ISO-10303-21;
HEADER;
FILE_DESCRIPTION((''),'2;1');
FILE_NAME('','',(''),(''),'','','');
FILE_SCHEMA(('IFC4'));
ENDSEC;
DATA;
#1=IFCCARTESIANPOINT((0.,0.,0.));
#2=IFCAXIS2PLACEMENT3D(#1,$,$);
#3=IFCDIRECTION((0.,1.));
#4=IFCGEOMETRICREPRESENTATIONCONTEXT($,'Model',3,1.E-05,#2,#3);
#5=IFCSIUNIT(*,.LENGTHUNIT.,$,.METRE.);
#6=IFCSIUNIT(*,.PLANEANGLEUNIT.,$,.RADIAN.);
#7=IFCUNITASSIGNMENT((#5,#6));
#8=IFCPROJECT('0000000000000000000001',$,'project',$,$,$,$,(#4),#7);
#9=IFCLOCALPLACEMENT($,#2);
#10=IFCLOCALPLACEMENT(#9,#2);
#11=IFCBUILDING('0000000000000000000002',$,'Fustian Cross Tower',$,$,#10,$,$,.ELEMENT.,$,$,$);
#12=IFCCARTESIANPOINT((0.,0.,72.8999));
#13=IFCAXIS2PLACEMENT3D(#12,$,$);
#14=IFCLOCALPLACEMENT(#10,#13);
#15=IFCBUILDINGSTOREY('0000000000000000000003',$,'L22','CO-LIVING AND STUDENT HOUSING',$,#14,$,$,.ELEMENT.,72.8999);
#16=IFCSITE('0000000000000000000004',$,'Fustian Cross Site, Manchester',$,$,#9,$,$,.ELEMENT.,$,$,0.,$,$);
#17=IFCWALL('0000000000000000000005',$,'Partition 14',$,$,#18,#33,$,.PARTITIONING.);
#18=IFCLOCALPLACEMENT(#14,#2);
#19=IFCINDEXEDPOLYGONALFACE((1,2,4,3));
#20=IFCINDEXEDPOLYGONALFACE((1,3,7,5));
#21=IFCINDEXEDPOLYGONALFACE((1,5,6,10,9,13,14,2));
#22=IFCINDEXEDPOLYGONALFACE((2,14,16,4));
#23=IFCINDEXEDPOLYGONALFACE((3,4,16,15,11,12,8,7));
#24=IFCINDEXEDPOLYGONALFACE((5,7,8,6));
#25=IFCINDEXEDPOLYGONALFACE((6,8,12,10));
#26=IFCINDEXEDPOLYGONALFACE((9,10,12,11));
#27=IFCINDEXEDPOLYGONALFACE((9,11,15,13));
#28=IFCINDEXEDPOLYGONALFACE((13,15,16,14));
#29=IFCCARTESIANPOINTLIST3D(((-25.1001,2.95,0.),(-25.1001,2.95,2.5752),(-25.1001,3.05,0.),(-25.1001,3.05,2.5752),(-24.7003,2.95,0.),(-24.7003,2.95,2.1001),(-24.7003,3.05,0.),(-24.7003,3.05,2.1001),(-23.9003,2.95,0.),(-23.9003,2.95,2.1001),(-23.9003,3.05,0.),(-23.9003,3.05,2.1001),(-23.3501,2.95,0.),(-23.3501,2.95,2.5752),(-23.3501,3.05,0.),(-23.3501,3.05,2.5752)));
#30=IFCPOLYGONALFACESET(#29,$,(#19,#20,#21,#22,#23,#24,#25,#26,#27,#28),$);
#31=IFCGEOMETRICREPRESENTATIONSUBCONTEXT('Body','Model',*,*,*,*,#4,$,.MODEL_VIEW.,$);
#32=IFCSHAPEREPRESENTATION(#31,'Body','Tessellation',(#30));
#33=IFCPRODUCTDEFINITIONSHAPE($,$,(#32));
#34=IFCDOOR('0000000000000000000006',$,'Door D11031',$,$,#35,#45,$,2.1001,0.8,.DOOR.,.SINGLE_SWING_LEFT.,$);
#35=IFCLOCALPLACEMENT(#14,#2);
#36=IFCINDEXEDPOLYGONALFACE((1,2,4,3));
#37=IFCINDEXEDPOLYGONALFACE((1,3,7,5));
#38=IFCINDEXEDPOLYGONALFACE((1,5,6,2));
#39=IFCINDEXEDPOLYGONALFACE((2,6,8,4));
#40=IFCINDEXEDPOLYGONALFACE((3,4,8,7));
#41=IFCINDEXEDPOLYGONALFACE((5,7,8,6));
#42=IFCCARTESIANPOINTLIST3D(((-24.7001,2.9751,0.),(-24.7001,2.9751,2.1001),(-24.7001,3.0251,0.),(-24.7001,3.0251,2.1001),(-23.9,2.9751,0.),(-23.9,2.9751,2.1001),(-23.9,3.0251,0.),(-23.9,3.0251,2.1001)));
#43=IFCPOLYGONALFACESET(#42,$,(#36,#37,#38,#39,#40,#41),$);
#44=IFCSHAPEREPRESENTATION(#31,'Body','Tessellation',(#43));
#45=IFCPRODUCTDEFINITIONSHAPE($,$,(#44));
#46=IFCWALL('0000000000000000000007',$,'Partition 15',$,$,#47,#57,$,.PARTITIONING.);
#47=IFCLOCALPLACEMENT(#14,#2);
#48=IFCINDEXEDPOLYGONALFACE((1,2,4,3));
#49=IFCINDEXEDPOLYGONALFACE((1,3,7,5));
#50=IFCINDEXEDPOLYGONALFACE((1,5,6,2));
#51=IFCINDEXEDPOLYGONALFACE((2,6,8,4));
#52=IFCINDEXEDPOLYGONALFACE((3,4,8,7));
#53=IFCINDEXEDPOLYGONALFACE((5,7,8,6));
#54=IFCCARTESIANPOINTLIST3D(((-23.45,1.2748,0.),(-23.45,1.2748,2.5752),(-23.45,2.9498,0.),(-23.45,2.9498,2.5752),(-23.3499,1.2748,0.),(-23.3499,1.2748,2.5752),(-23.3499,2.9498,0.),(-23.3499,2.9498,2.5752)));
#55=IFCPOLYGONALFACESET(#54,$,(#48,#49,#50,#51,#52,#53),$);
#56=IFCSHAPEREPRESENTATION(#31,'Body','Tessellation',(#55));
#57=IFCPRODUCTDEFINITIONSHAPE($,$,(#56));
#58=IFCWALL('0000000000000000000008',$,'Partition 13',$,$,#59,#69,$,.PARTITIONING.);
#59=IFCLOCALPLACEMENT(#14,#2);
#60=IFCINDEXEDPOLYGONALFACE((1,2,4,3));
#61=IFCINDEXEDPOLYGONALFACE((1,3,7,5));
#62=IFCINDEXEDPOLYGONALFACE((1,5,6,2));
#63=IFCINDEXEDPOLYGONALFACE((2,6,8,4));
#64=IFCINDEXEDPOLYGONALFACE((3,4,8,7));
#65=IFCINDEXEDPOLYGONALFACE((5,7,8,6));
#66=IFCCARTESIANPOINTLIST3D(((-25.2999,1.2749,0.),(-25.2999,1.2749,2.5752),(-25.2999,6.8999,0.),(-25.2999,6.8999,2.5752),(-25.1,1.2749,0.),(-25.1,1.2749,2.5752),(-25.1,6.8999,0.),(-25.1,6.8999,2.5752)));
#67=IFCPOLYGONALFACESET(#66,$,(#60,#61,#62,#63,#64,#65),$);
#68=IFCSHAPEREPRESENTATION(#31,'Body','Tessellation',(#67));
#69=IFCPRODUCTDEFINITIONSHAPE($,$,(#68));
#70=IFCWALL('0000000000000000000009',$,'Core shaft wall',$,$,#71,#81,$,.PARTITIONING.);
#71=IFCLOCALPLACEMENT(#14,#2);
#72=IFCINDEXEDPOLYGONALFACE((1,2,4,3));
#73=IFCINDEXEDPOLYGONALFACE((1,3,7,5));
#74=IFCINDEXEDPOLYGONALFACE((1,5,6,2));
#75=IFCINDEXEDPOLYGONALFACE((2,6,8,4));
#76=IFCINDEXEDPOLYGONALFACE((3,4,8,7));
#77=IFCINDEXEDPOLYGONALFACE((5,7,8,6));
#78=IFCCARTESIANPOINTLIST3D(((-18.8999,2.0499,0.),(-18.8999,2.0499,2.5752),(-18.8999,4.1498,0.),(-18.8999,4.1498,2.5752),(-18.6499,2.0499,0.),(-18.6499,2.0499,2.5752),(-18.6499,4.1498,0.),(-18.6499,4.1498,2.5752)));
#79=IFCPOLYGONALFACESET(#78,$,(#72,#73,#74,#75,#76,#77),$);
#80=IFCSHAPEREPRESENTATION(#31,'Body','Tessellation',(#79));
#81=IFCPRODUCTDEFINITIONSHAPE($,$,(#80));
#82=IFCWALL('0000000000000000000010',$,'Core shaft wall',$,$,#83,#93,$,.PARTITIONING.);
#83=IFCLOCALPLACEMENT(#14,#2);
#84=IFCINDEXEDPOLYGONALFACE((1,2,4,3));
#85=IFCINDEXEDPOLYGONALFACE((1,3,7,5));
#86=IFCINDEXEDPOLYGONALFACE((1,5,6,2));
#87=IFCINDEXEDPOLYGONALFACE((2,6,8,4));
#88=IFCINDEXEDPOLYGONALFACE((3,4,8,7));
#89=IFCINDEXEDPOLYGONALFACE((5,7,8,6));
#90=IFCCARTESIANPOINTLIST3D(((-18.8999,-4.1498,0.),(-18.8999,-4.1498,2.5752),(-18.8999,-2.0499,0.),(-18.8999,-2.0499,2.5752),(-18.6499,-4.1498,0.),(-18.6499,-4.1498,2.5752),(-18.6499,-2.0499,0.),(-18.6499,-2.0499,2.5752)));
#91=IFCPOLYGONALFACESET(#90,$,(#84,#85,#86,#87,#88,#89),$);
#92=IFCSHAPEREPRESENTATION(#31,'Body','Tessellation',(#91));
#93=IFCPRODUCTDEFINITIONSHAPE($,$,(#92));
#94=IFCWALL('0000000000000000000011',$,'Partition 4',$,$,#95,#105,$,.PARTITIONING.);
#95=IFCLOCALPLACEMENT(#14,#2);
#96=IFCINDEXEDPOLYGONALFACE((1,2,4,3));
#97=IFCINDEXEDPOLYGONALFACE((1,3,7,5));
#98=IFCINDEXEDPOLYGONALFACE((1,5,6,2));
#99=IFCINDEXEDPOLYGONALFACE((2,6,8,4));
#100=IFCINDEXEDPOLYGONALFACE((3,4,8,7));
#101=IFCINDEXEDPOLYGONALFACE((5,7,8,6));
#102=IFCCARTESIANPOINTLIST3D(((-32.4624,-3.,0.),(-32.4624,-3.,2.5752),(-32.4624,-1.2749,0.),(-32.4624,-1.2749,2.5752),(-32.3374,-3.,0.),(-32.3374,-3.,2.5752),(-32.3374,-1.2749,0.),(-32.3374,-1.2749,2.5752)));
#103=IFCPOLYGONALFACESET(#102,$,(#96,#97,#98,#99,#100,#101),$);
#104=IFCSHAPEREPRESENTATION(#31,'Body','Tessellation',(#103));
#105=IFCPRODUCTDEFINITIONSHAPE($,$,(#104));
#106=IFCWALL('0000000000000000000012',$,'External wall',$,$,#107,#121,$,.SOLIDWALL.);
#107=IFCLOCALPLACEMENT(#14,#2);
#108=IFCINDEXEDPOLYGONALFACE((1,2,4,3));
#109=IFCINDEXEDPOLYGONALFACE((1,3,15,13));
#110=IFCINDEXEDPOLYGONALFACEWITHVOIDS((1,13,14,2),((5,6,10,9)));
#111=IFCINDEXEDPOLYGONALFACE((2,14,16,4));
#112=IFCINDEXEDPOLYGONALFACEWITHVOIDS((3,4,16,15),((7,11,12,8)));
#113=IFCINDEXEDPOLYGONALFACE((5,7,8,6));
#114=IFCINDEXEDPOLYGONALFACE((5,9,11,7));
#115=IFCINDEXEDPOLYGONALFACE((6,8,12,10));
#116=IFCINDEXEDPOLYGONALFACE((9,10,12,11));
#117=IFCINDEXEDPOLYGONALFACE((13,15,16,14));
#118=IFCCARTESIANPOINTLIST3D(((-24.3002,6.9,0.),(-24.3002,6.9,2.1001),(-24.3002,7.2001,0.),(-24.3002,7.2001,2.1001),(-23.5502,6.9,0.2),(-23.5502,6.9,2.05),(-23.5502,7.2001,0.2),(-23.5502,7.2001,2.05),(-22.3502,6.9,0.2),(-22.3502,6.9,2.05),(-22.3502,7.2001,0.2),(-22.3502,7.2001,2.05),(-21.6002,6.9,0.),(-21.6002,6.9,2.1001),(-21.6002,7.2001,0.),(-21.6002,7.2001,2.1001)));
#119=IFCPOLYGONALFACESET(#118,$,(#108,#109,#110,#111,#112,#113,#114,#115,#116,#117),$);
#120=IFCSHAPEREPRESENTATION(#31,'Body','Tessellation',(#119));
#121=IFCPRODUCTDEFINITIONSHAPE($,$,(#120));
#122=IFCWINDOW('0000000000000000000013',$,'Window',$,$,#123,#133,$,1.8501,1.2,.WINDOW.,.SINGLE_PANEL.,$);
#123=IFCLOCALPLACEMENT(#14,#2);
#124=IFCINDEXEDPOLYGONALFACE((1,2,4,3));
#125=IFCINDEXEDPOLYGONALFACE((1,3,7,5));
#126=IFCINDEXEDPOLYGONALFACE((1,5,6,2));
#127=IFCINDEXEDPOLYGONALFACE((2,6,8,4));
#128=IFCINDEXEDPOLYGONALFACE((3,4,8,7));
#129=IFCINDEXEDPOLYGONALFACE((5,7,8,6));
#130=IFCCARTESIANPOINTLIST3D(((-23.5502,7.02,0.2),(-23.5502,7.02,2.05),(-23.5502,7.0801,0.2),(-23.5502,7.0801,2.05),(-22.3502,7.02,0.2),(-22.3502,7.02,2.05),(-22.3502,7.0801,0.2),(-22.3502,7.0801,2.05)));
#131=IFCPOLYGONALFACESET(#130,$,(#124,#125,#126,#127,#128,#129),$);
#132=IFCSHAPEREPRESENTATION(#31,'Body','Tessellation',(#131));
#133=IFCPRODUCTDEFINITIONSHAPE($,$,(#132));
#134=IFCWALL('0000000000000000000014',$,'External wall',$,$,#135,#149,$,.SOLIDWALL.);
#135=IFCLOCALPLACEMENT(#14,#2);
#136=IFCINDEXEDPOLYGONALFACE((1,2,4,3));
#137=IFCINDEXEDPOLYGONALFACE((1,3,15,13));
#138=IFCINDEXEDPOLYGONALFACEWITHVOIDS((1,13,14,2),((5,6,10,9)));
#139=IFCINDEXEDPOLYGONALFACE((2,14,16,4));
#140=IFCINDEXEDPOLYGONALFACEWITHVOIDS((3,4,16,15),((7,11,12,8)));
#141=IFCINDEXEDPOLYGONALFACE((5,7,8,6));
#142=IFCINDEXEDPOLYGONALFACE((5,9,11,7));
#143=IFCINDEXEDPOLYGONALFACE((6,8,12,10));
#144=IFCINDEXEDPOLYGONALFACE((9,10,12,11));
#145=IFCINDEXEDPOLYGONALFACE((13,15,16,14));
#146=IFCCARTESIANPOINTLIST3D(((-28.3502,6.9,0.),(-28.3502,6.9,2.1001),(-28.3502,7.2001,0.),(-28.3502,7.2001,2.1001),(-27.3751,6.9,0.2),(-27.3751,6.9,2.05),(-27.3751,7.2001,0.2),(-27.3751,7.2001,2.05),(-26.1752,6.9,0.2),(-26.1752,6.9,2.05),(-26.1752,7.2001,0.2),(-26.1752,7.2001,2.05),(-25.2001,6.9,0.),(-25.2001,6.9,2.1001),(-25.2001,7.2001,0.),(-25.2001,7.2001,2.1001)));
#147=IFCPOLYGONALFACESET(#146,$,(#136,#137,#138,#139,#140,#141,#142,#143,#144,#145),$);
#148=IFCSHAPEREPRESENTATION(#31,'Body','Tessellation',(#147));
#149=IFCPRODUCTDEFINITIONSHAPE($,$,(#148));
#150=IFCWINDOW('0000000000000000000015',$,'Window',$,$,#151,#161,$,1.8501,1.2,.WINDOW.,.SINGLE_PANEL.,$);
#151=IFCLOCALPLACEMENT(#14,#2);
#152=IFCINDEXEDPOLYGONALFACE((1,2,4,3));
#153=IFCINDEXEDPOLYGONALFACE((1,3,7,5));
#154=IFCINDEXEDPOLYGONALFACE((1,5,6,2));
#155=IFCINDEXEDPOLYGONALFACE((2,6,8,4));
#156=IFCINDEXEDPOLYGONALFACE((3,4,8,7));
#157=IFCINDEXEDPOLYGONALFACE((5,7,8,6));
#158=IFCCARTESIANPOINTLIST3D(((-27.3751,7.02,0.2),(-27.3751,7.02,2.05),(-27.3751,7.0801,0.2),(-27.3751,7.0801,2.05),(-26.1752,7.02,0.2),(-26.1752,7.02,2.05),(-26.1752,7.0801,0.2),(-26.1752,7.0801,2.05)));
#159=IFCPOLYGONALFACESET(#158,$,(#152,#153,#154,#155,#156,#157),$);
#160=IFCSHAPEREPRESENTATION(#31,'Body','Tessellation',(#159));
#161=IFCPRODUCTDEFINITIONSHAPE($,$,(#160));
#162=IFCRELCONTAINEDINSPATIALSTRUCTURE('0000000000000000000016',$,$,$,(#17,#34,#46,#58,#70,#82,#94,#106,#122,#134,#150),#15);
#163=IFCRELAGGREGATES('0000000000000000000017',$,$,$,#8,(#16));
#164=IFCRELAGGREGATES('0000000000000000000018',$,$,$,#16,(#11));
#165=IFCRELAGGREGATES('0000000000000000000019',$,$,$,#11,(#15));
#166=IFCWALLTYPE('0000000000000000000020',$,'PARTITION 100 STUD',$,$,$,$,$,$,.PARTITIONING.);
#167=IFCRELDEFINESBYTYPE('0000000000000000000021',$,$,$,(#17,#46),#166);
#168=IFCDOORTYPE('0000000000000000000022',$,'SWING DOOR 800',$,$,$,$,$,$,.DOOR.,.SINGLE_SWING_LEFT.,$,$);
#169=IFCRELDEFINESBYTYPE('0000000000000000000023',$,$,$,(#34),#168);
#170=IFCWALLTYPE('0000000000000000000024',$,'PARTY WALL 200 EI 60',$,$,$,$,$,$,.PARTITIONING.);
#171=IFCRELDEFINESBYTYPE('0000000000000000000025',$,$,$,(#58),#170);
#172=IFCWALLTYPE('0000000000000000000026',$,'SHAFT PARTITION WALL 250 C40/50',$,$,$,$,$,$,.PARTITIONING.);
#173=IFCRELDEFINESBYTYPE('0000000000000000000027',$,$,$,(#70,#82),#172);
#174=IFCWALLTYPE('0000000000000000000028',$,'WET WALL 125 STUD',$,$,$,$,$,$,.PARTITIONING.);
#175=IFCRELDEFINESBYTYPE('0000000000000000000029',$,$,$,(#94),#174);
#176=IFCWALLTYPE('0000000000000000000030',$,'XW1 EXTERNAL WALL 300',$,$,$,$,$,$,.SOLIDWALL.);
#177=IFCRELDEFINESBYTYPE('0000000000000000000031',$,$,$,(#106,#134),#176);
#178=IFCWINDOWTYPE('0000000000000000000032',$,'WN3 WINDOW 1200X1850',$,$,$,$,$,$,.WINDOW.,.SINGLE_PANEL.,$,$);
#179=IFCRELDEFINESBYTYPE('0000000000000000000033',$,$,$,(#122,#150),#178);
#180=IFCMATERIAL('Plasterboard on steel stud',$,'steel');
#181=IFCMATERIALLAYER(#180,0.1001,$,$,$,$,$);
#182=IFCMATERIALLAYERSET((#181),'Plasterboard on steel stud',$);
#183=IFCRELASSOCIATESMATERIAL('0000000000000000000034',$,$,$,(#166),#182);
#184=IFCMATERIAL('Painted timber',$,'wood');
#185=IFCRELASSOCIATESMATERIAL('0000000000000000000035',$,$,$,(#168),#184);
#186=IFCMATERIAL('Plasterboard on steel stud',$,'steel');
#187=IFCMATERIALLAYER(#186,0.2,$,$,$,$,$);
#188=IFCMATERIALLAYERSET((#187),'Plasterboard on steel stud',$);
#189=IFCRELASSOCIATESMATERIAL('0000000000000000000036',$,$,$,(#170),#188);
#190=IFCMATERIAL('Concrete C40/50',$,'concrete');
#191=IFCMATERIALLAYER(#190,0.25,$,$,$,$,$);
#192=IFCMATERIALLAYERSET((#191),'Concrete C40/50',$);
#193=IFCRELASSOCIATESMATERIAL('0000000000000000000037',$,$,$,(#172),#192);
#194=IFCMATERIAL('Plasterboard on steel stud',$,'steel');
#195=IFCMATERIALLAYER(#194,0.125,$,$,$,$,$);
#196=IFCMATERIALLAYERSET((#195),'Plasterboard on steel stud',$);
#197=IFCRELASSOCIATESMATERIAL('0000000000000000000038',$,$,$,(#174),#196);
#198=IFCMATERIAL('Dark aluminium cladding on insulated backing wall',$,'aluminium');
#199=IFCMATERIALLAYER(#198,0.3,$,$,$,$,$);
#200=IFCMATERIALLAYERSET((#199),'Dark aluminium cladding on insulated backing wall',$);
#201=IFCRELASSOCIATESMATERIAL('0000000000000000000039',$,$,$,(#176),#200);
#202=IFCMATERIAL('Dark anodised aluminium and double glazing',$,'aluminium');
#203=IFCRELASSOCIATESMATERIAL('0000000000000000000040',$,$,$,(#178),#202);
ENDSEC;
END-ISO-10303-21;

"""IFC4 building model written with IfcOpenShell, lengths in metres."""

from ifc_helpers import new_model, si_unit, direction, frame, frame_2d, origin, place, context, subcontext, project, spatial, rectangle, extrude, material, layer, layer_set, type_object, element, fill, save


model = new_model("IFC4")

# Units and contexts
model_context = context("Model", 3, precision=1e-05, world=origin(), true_north=direction((0.0, 1.0)))
body_context = subcontext(model_context, "Body", "Model", "MODEL_VIEW")
ifc_project = project(units=[si_unit("LENGTHUNIT", "METRE"), si_unit("PLANEANGLEUNIT", "RADIAN")], contexts=[model_context])

# Site, building, storey
site_placement = place(None, origin())
site = spatial("IfcSite", under=ifc_project, at=site_placement, Name="Fustian Cross Site, Manchester", CompositionType="ELEMENT", RefElevation=0.0)
building_placement = place(site_placement, origin())
building = spatial("IfcBuilding", under=site, at=building_placement, Name="Fustian Cross Tower", CompositionType="ELEMENT")
storey_placement = place(building_placement, frame((0.0, 0.0, 72.8999)))
storey = spatial("IfcBuildingStorey", under=building, at=storey_placement, Name="L22", Description="CO-LIVING AND STUDENT HOUSING", CompositionType="ELEMENT", Elevation=72.8999)

# Shared definitions
ifc_material_1 = material(Name="Plasterboard on steel stud", Category="steel")
ifc_layer_1 = layer(ifc_material_1, 0.1001)
ifc_layer_set_1 = layer_set([ifc_layer_1], Name="Plasterboard on steel stud")
wall_type_1 = type_object("IfcWallType", Name="PARTITION 100 STUD", PredefinedType="PARTITIONING", material=ifc_layer_set_1)

# Shared definitions
ifc_material_2 = material(Name="Painted timber", Category="wood")
door_type = type_object("IfcDoorType", Name="SWING DOOR 800", OperationType="SINGLE_SWING_LEFT", PredefinedType="DOOR", material=ifc_material_2)

# Wall, opening, door
wall_1_placement = place(storey_placement, frame((-25.1001, 3.0, 0.0), z_axis=(0.0, 0.0, 1.0), x_axis=(1.0, 0.0, 0.0)))
wall_1 = element("IfcWall", 1, at=wall_1_placement, inside=storey, type_object=wall_type_1, Name="Partition 14", PredefinedType="PARTITIONING", context=body_context, shape_type="SweptSolid", body=[
    extrude(rectangle(XDim=1.75, YDim=0.1001, at=frame_2d((0.875, 0.0))), origin(), (0.0, 0.0, 1.0), 2.5752),
])
opening_1_placement = place(wall_1_placement, frame((0.3999, 0.0, 0.0)))
opening_1 = element("IfcOpeningElement", 2, at=opening_1_placement, cuts=wall_1, PredefinedType="OPENING", context=body_context, shape_type="SweptSolid", body=[
    extrude(rectangle(XDim=0.8, YDim=2.1001, at=frame_2d((0.3999, 1.05))), frame((0.0, 0.0601, 0.0), z_axis=(0.0, -1.0, 0.0), x_axis=(1.0, 0.0, 0.0)), (0.0, 0.0, 1.0), 0.1201),
])
door_1_placement = place(opening_1_placement, frame((0.8, 0.0, 0.0), z_axis=(0.0, 0.0, 1.0), x_axis=(-1.0, 0.0, 0.0)))
door_1 = element("IfcDoor", 3, at=door_1_placement, inside=storey, type_object=door_type, Name="Door D11031", OperationType="SINGLE_SWING_LEFT", OverallHeight=2.1001, OverallWidth=0.8, PredefinedType="DOOR", context=body_context, shape_type="SweptSolid", body=[
    extrude(rectangle(XDim=0.8, YDim=2.1001, at=frame_2d((0.3999, 1.05))), frame((0.0, 0.0249, 0.0), z_axis=(0.0, -1.0, 0.0), x_axis=(1.0, 0.0, 0.0)), (0.0, 0.0, 1.0), 0.05),
])
fill(opening_1, door_1)

# Walls
wall_2_placement = place(storey_placement, frame((-23.3999, 1.2749, 0.0), z_axis=(0.0, 0.0, 1.0), x_axis=(0.0, 1.0, 0.0)))
element("IfcWall", 4, at=wall_2_placement, inside=storey, type_object=wall_type_1, Name="Partition 15", PredefinedType="PARTITIONING", context=body_context, shape_type="SweptSolid", body=[
    extrude(rectangle(XDim=1.675, YDim=0.1001, at=frame_2d((0.8374, 0.0))), origin(), (0.0, 0.0, 1.0), 2.5752),
])
ifc_material_3 = material(Name="Plasterboard on steel stud", Category="steel")
ifc_layer_2 = layer(ifc_material_3, 0.2)
ifc_layer_set_2 = layer_set([ifc_layer_2], Name="Plasterboard on steel stud")
wall_type_2 = type_object("IfcWallType", Name="PARTY WALL 200 EI 60", PredefinedType="PARTITIONING", material=ifc_layer_set_2)
wall_3_placement = place(storey_placement, frame((-25.2, 1.2749, 0.0), z_axis=(0.0, 0.0, 1.0), x_axis=(0.0, 1.0, 0.0)))
element("IfcWall", 5, at=wall_3_placement, inside=storey, type_object=wall_type_2, Name="Partition 13", PredefinedType="PARTITIONING", context=body_context, shape_type="SweptSolid", body=[
    extrude(rectangle(XDim=5.625, YDim=0.2, at=frame_2d((2.8125, 0.0))), origin(), (0.0, 0.0, 1.0), 2.5752),
])
ifc_material_4 = material(Name="Concrete C40/50", Category="concrete")
ifc_layer_3 = layer(ifc_material_4, 0.25)
ifc_layer_set_3 = layer_set([ifc_layer_3], Name="Concrete C40/50")
wall_type_3 = type_object("IfcWallType", Name="SHAFT PARTITION WALL 250 C40/50", PredefinedType="PARTITIONING", material=ifc_layer_set_3)
for number, where, z_axis, x_axis, name in (
    (6, (-18.7749, 2.05, 0.0), (0.0, 0.0, 1.0), (0.0, 1.0, 0.0), "Core shaft wall"),
    (7, (-18.7749, -2.05, 0.0), (0.0, 0.0, 1.0), (0.0, -1.0, 0.0), "Core shaft wall"),
):
    element("IfcWall", number, at=place(storey_placement, frame(where, z_axis=z_axis, x_axis=x_axis)), inside=storey, type_object=wall_type_3, Name=name, PredefinedType="PARTITIONING", context=body_context, shape_type="SweptSolid", body=[
        extrude(rectangle(XDim=2.0999, YDim=0.25, at=frame_2d((1.0498, 0.0))), origin(), (0.0, 0.0, 1.0), 2.5752),
    ])
ifc_material_5 = material(Name="Plasterboard on steel stud", Category="steel")
ifc_layer_4 = layer(ifc_material_5, 0.125)
ifc_layer_set_4 = layer_set([ifc_layer_4], Name="Plasterboard on steel stud")
wall_type_4 = type_object("IfcWallType", Name="WET WALL 125 STUD", PredefinedType="PARTITIONING", material=ifc_layer_set_4)
wall_4_placement = place(storey_placement, frame((-32.3999, -3.0, 0.0), z_axis=(0.0, 0.0, 1.0), x_axis=(0.0, 1.0, 0.0)))
element("IfcWall", 8, at=wall_4_placement, inside=storey, type_object=wall_type_4, Name="Partition 4", PredefinedType="PARTITIONING", context=body_context, shape_type="SweptSolid", body=[
    extrude(rectangle(XDim=1.7251, YDim=0.125, at=frame_2d((0.8625, 0.0))), origin(), (0.0, 0.0, 1.0), 2.5752),
])

# Walls, openings, windows
ifc_material_6 = material(Name="Dark aluminium cladding on insulated backing wall", Category="aluminium")
ifc_layer_5 = layer(ifc_material_6, 0.3)
ifc_layer_set_5 = layer_set([ifc_layer_5], Name="Dark aluminium cladding on insulated backing wall")
wall_type_5 = type_object("IfcWallType", Name="XW1 EXTERNAL WALL 300", PredefinedType="SOLIDWALL", material=ifc_layer_set_5)
wall_5_placement = place(storey_placement, frame((-21.6001, 7.05, 0.0), z_axis=(0.0, 0.0, 1.0), x_axis=(-1.0, 0.0, 0.0)))
wall_5 = element("IfcWall", 9, at=wall_5_placement, inside=storey, type_object=wall_type_5, Name="External wall", PredefinedType="SOLIDWALL", context=body_context, shape_type="SweptSolid", body=[
    extrude(rectangle(XDim=2.7, YDim=0.3, at=frame_2d((1.3501, 0.0))), origin(), (0.0, 0.0, 1.0), 2.1001),
])
opening_2_placement = place(wall_5_placement, frame((0.75, 0.0, 0.2)))
opening_2 = element("IfcOpeningElement", 10, at=opening_2_placement, cuts=wall_5, PredefinedType="OPENING", context=body_context, shape_type="SweptSolid", body=[
    extrude(rectangle(XDim=1.2, YDim=1.8501, at=frame_2d((0.6001, 0.925))), frame((0.0, 0.1599, 0.0), z_axis=(0.0, -1.0, 0.0), x_axis=(1.0, 0.0, 0.0)), (0.0, 0.0, 1.0), 0.3201),
])
ifc_material_7 = material(Name="Dark anodised aluminium and double glazing", Category="aluminium")
window_type = type_object("IfcWindowType", Name="WN3 WINDOW 1200X1850", PartitioningType="SINGLE_PANEL", PredefinedType="WINDOW", material=ifc_material_7)
window_1_placement = place(opening_2_placement, origin())
window_1 = element("IfcWindow", 11, at=window_1_placement, inside=storey, type_object=window_type, Name="Window", OverallHeight=1.8501, OverallWidth=1.2, PartitioningType="SINGLE_PANEL", PredefinedType="WINDOW", context=body_context, shape_type="SweptSolid", body=[
    extrude(rectangle(XDim=1.2, YDim=1.8501, at=frame_2d((0.6001, 0.925))), frame((0.0, 0.03, 0.0), z_axis=(0.0, -1.0, 0.0), x_axis=(1.0, 0.0, 0.0)), (0.0, 0.0, 1.0), 0.0601),
])
fill(opening_2, window_1)
wall_6_placement = place(storey_placement, frame((-25.2, 7.05, 0.0), z_axis=(0.0, 0.0, 1.0), x_axis=(-1.0, 0.0, 0.0)))
wall_6 = element("IfcWall", 12, at=wall_6_placement, inside=storey, type_object=wall_type_5, Name="External wall", PredefinedType="SOLIDWALL", context=body_context, shape_type="SweptSolid", body=[
    extrude(rectangle(XDim=3.1501, YDim=0.3, at=frame_2d((1.5752, 0.0))), origin(), (0.0, 0.0, 1.0), 2.1001),
])
opening_3_placement = place(wall_6_placement, frame((0.9751, 0.0, 0.2)))
opening_3 = element("IfcOpeningElement", 13, at=opening_3_placement, cuts=wall_6, PredefinedType="OPENING", context=body_context, shape_type="SweptSolid", body=[
    extrude(rectangle(XDim=1.2, YDim=1.8501, at=frame_2d((0.6001, 0.925))), frame((0.0, 0.1599, 0.0), z_axis=(0.0, -1.0, 0.0), x_axis=(1.0, 0.0, 0.0)), (0.0, 0.0, 1.0), 0.3201),
])
window_2_placement = place(opening_3_placement, origin())
window_2 = element("IfcWindow", 14, at=window_2_placement, inside=storey, type_object=window_type, Name="Window", OverallHeight=1.8501, OverallWidth=1.2, PartitioningType="SINGLE_PANEL", PredefinedType="WINDOW", context=body_context, shape_type="SweptSolid", body=[
    extrude(rectangle(XDim=1.2, YDim=1.8501, at=frame_2d((0.6001, 0.925))), frame((0.0, 0.03, 0.0), z_axis=(0.0, -1.0, 0.0), x_axis=(1.0, 0.0, 0.0)), (0.0, 0.0, 1.0), 0.0601),
])
fill(opening_3, window_2)

save(model, "model.ifc")
